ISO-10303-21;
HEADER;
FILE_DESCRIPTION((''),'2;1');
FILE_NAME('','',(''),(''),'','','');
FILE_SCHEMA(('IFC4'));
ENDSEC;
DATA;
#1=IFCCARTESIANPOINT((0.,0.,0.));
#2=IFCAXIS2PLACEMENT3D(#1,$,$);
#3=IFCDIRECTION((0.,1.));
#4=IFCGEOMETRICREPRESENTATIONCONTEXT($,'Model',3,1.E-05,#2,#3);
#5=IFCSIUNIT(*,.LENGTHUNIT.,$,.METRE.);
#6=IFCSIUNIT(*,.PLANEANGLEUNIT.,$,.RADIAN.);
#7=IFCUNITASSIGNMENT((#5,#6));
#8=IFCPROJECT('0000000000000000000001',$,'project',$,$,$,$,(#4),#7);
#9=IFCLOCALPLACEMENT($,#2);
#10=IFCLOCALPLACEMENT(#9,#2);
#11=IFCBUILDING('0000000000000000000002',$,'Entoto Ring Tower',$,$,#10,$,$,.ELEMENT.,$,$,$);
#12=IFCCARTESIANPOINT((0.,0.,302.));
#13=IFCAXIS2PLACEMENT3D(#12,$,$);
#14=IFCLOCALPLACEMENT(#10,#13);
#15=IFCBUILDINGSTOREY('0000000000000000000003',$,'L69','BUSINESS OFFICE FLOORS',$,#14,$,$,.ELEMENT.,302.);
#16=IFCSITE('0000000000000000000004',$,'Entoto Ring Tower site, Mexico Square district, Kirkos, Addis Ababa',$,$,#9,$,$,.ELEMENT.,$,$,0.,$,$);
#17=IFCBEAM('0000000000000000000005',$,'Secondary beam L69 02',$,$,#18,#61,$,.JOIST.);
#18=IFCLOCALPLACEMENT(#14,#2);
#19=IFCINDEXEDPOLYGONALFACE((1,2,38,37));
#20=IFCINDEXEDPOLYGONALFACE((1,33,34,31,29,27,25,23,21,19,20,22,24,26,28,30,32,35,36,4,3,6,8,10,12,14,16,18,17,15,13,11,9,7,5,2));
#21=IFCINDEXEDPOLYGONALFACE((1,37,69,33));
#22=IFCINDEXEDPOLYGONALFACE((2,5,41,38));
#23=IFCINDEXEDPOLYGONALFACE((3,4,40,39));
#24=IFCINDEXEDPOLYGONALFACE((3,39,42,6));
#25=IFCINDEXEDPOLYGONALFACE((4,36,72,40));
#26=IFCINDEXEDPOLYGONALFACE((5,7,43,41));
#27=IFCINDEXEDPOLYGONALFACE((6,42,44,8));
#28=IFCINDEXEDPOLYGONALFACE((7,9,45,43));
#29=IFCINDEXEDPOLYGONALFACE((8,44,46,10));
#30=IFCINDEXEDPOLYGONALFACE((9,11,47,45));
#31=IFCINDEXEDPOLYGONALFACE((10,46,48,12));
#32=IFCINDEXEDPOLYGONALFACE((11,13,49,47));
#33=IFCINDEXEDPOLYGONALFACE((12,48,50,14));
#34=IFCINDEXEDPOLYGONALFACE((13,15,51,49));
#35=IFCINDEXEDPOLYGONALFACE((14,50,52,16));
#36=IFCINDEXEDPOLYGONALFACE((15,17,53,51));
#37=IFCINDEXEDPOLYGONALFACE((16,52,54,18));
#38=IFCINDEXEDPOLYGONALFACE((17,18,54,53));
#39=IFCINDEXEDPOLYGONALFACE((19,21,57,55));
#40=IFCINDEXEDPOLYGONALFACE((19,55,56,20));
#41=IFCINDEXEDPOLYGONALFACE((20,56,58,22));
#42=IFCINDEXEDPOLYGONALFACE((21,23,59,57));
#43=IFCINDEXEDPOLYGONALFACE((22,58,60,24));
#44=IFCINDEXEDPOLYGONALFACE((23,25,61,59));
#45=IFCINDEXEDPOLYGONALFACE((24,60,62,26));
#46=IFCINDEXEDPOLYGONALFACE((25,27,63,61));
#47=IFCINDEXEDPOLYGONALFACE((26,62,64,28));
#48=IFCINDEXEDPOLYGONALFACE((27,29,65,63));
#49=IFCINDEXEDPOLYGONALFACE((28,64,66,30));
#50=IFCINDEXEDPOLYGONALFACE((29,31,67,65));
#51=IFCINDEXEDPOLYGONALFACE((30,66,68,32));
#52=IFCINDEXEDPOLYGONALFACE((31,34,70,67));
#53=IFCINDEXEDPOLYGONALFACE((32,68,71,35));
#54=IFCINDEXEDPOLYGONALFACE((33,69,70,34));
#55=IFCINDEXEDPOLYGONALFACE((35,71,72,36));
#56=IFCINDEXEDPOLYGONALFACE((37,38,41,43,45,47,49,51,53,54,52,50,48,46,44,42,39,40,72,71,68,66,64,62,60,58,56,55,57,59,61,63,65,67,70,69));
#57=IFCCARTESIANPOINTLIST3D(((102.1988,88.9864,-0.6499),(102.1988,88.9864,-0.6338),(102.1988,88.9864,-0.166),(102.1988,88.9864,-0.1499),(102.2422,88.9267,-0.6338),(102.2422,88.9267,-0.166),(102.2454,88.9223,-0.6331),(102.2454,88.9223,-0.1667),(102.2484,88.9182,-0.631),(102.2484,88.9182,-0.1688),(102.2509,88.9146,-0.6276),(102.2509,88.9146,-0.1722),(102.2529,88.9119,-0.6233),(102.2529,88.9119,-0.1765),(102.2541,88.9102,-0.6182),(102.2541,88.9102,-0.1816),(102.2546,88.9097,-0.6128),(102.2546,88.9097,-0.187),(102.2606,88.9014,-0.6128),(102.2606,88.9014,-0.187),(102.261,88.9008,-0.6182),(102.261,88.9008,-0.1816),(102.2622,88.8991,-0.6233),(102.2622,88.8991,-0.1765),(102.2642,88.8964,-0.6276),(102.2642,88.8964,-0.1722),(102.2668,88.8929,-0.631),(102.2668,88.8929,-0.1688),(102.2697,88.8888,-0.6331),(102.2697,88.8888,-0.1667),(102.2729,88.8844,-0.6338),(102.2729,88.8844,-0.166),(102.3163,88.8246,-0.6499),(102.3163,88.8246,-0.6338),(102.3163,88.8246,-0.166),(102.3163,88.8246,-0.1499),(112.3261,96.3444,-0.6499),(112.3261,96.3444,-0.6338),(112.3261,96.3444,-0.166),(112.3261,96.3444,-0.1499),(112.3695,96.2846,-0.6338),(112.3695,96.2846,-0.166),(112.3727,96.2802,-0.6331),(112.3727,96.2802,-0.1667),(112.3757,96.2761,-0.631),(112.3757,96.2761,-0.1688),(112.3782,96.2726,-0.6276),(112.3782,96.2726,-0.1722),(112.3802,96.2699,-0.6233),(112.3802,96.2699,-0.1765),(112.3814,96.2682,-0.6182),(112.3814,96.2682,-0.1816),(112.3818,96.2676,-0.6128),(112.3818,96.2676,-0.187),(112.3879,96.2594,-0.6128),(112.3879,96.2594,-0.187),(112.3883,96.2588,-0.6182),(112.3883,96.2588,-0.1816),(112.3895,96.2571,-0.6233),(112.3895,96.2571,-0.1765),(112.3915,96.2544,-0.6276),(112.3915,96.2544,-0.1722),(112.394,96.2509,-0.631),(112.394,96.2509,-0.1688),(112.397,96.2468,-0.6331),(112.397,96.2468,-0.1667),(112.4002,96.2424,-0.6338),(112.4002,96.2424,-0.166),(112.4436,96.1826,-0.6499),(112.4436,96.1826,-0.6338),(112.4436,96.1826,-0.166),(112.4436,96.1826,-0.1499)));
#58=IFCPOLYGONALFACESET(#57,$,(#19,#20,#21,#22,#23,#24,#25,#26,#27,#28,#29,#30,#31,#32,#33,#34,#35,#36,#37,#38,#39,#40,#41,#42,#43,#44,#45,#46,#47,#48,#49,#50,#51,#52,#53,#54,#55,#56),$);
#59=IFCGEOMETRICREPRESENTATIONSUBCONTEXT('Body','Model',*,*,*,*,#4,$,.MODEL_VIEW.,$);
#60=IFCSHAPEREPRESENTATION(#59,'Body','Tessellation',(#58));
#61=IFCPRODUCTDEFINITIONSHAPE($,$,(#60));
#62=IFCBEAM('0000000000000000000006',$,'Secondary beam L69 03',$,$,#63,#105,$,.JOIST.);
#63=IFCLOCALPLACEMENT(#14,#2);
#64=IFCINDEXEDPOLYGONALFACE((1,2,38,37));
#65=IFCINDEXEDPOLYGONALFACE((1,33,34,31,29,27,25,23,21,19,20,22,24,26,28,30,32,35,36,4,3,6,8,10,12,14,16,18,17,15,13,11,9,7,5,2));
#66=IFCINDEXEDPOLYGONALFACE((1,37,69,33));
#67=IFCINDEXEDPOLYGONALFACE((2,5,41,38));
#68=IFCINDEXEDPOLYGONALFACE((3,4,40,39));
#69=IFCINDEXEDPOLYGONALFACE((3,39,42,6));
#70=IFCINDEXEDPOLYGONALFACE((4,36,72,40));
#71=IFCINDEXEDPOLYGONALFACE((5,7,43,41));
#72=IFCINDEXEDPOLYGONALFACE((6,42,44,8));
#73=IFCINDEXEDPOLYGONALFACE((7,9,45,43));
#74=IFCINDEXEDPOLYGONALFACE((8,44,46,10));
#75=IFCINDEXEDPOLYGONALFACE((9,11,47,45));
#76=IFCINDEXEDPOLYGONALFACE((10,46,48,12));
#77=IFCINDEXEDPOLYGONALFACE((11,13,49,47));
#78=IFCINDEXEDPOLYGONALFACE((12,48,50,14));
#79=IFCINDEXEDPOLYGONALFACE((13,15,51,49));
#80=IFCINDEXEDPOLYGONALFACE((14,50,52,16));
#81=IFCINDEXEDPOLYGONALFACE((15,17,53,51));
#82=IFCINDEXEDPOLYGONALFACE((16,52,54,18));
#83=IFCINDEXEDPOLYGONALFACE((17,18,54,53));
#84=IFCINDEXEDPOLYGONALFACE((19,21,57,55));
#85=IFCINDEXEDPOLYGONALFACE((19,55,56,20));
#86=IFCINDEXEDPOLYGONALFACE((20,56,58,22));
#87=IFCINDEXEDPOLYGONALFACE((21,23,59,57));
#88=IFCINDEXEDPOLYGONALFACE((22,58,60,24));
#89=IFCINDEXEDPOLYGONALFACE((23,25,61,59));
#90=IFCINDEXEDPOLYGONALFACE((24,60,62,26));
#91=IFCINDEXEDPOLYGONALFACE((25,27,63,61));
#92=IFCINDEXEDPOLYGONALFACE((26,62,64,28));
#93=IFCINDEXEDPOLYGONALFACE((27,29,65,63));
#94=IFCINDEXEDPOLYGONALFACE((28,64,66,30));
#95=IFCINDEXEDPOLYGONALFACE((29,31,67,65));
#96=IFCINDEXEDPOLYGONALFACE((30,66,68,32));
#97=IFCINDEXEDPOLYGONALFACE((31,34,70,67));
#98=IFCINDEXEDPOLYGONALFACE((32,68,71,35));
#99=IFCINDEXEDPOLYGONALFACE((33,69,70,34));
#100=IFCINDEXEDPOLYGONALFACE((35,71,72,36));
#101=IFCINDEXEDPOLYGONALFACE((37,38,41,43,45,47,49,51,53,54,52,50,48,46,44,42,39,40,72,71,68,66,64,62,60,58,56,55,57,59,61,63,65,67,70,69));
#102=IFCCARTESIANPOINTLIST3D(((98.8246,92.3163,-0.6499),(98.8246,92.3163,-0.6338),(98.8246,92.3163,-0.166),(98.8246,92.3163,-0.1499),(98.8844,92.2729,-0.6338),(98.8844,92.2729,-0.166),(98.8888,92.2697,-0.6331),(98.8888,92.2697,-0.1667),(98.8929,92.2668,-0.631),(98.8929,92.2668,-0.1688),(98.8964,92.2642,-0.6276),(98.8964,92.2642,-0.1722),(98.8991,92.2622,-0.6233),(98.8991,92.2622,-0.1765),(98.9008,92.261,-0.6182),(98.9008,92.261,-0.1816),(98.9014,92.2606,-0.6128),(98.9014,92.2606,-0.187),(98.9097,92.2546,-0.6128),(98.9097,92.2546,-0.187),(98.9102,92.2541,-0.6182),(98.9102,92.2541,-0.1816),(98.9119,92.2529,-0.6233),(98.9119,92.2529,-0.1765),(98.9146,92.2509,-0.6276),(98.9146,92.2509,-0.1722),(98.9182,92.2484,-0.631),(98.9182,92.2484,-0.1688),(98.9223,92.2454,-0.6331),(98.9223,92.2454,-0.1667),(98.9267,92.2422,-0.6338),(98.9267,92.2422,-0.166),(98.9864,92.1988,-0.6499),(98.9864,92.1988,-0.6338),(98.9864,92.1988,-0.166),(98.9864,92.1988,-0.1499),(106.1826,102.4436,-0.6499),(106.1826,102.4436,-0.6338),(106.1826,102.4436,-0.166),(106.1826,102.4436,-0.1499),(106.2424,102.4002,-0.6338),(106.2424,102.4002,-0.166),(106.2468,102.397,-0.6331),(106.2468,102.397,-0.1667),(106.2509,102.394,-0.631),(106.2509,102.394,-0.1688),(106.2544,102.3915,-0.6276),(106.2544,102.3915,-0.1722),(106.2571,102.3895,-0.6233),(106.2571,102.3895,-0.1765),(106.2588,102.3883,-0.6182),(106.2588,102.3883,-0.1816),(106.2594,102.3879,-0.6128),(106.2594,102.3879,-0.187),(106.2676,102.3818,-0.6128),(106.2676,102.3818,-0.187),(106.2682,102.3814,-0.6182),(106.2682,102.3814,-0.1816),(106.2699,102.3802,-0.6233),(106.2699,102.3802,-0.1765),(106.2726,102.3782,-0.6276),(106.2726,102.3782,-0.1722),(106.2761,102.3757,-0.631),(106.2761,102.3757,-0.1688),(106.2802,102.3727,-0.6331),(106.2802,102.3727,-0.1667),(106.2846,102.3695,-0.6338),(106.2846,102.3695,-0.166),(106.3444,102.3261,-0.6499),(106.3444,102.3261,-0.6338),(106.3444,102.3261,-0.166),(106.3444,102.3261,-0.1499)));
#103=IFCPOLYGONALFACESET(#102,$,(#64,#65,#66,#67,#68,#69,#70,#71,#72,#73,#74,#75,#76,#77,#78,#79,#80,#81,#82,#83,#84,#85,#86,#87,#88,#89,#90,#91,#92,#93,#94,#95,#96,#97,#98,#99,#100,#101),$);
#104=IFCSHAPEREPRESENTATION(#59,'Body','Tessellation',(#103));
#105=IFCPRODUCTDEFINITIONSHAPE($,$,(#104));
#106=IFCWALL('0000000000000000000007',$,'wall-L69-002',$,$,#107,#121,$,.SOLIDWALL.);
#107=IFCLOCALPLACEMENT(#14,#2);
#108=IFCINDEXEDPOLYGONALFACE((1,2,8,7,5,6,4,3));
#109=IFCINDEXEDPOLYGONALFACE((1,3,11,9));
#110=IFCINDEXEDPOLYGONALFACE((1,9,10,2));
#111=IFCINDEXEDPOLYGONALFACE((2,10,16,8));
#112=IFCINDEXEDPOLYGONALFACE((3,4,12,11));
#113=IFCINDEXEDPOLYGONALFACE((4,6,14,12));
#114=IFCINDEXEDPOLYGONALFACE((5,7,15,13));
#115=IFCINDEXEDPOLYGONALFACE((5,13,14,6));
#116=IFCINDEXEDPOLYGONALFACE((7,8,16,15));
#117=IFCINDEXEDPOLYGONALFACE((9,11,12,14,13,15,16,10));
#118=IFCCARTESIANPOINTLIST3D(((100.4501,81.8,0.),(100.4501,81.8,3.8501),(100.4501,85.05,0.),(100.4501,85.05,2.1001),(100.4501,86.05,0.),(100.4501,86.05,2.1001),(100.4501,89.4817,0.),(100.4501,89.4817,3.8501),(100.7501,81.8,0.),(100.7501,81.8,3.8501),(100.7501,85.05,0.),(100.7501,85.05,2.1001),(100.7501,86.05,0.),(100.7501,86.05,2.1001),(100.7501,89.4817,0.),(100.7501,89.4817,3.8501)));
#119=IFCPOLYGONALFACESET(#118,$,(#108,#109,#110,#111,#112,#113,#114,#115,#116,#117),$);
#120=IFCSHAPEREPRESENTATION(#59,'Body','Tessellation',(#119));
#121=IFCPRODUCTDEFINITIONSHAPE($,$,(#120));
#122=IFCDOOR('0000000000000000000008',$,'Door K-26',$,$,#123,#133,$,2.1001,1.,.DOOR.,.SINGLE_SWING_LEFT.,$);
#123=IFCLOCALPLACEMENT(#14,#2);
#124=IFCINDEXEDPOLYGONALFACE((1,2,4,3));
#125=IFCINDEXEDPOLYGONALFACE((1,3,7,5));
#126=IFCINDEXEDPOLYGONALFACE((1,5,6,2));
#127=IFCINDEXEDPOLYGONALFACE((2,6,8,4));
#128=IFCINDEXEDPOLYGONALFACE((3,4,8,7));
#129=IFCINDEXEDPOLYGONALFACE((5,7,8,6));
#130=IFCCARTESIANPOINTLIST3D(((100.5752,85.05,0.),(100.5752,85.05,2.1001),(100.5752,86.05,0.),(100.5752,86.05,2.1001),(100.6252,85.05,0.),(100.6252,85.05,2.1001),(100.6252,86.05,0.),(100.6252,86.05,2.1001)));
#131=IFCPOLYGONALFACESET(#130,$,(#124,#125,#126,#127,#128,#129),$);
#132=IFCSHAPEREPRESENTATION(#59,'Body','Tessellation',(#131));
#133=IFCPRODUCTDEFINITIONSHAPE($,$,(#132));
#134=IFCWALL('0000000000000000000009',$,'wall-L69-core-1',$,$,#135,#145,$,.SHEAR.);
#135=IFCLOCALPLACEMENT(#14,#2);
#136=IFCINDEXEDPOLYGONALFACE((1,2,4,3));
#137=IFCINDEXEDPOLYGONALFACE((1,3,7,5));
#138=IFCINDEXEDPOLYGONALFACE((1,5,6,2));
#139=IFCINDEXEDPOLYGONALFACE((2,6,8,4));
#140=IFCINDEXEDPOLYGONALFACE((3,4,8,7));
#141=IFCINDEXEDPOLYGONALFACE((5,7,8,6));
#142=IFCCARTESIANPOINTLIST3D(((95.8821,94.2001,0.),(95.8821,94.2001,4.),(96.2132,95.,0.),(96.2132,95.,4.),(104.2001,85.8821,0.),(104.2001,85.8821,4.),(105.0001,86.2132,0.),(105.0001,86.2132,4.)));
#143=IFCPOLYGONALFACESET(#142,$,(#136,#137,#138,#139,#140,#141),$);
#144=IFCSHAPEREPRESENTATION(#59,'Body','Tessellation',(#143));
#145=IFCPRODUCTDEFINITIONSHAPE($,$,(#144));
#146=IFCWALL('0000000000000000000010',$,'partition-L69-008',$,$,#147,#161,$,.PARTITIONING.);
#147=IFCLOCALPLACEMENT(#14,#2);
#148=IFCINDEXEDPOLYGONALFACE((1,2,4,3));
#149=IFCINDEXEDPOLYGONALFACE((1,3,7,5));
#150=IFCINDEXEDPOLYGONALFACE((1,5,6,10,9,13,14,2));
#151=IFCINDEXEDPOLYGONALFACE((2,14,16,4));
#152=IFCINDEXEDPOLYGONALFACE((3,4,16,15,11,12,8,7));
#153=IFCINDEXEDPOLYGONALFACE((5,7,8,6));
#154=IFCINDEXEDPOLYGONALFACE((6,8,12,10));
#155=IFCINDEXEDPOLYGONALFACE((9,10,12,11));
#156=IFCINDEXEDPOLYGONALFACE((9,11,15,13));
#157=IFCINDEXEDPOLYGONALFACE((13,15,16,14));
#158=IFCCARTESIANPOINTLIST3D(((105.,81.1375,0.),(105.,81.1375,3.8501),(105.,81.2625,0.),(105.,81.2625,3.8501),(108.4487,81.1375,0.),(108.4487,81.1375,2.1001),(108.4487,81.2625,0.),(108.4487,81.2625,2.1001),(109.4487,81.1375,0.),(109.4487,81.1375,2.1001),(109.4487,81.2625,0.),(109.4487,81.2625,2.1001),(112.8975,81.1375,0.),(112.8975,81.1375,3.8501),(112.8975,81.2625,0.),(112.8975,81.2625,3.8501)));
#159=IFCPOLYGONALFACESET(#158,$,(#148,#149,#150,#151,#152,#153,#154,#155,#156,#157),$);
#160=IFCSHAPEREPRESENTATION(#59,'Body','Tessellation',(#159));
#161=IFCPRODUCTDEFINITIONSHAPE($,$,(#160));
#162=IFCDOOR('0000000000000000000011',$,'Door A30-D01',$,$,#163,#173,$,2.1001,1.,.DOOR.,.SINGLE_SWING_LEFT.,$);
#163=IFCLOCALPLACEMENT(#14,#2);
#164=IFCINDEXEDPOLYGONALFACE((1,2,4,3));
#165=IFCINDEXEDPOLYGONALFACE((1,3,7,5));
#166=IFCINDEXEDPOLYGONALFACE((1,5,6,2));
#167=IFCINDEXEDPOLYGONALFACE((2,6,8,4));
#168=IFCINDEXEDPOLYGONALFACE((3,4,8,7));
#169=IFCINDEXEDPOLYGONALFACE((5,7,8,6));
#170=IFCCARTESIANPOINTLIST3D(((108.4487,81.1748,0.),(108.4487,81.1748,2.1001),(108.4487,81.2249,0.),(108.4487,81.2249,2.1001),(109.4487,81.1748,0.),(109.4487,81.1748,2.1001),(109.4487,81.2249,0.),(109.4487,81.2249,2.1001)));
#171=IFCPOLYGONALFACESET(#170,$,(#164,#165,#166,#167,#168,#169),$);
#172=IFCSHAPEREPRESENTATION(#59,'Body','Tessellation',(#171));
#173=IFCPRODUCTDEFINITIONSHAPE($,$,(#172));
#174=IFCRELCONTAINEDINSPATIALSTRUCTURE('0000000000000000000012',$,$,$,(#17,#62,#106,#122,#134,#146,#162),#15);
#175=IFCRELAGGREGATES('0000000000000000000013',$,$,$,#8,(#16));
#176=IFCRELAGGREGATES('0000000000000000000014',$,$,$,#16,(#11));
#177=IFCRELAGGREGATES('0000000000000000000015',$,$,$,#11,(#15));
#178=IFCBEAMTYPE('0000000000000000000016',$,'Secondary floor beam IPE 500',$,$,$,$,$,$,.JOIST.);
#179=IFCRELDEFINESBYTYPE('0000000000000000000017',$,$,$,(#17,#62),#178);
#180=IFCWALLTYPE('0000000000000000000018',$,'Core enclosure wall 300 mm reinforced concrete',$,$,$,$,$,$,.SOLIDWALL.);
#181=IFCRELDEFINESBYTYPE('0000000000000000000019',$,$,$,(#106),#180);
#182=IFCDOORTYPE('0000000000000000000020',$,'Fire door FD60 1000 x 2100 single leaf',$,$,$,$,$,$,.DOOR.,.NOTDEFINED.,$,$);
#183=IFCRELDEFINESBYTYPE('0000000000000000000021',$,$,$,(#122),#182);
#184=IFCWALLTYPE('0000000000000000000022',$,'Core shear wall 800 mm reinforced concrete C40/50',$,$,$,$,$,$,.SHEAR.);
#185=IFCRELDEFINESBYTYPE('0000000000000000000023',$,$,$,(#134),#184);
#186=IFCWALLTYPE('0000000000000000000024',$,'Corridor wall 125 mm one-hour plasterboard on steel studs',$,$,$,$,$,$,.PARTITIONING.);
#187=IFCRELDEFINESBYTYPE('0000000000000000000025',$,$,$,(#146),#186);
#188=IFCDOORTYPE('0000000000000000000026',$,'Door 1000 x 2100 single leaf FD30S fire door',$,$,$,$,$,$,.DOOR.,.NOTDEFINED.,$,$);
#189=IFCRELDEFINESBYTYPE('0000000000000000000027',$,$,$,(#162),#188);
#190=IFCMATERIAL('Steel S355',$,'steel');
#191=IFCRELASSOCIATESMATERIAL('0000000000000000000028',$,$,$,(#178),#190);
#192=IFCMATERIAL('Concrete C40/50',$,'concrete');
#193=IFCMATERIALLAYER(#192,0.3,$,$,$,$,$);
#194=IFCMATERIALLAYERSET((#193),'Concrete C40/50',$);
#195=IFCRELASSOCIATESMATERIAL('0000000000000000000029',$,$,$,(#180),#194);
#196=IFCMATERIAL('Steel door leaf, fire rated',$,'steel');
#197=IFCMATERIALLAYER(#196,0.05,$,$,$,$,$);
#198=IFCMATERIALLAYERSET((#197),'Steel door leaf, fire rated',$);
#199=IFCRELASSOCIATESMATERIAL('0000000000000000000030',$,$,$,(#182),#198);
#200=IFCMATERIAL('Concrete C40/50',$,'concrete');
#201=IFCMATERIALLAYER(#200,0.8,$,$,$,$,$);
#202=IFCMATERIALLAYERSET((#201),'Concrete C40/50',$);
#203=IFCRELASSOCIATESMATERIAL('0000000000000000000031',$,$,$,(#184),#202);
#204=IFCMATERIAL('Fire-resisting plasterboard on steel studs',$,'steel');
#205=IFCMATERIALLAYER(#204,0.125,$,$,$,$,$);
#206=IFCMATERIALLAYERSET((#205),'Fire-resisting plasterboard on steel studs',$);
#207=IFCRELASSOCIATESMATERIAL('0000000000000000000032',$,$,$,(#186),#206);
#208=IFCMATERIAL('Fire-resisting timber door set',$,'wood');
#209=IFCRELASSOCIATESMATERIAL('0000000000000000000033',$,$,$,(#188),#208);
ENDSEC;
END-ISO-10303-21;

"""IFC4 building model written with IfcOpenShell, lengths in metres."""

from ifc_helpers import new_model, si_unit, direction, frame, frame_2d, origin, origin_2d, place, context, subcontext, project, spatial, polyline, rectangle, i_section, outline, extrude, material, layer, layer_set, material_profile, profile_set, type_object, element, fill, save


model = new_model("IFC4")

# Units and contexts
model_context = context("Model", 3, precision=1e-05, world=origin(), true_north=direction((0.0, 1.0)))
body_context = subcontext(model_context, "Body", "Model", "MODEL_VIEW")
ifc_project = project(units=[si_unit("LENGTHUNIT", "METRE"), si_unit("PLANEANGLEUNIT", "RADIAN")], contexts=[model_context])

# Site, building, storey
site_placement = place(None, origin())
site = spatial("IfcSite", under=ifc_project, at=site_placement, Name="Entoto Ring Tower site, Mexico Square district, Kirkos, Addis Ababa", CompositionType="ELEMENT", RefElevation=0.0)
building_placement = place(site_placement, origin())
building = spatial("IfcBuilding", under=site, at=building_placement, Name="Entoto Ring Tower", CompositionType="ELEMENT")
storey_placement = place(building_placement, frame((0.0, 0.0, 302.0)))
storey = spatial("IfcBuildingStorey", under=building, at=storey_placement, Name="L69", Description="BUSINESS OFFICE FLOORS", CompositionType="ELEMENT", Elevation=302.0)

# Beams
ifc_material_1 = material(Name="Steel S355", Category="steel")
ifc_material_profile_1 = material_profile(ifc_material_1, i_section(OverallWidth=0.2, OverallDepth=0.5, WebThickness=0.0103, FlangeThickness=0.0161, FilletRadius=0.021, at=origin_2d()), Name="IPE 500")
ifc_profile_set_1 = profile_set([ifc_material_profile_1], Name="Steel S355")
beam_type_1 = type_object("IfcBeamType", Name="Secondary floor beam IPE 500", PredefinedType="JOIST", material=ifc_profile_set_1)
for number, where, z_axis, x_axis, name in (
    (1, (102.2576, 88.9055, -0.3999), (0.809014, 0.587789, 0.0), (-0.587789, 0.809014, 0.0), "Secondary beam L69 02"),
    (2, (98.9055, 92.2576, -0.3999), (0.587789, 0.809014, 0.0), (-0.809014, 0.587789, 0.0), "Secondary beam L69 03"),
):
    element("IfcBeam", number, at=place(storey_placement, frame(where, z_axis=z_axis, x_axis=x_axis)), inside=storey, type_object=beam_type_1, Name=name, PredefinedType="JOIST", context=body_context, shape_type="SweptSolid", body=[
        extrude(i_section(OverallWidth=0.2, OverallDepth=0.5, WebThickness=0.0103, FlangeThickness=0.0161, FilletRadius=0.021, at=origin_2d()), origin(), (0.0, 0.0, 1.0), 12.5181),
    ])

# Wall, opening, door
ifc_material_2 = material(Name="Concrete C40/50", Category="concrete")
ifc_layer_1 = layer(ifc_material_2, 0.3)
ifc_layer_set_1 = layer_set([ifc_layer_1], Name="Concrete C40/50")
wall_type_1 = type_object("IfcWallType", Name="Core enclosure wall 300 mm reinforced concrete", PredefinedType="SOLIDWALL", material=ifc_layer_set_1)
wall_1_placement = place(storey_placement, frame((100.6001, 81.8, 0.0), z_axis=(0.0, 0.0, 1.0), x_axis=(0.0, 1.0, 0.0)))
wall_1 = element("IfcWall", 3, at=wall_1_placement, inside=storey, type_object=wall_type_1, Name="wall-L69-002", PredefinedType="SOLIDWALL", context=body_context, shape_type="SweptSolid", body=[
    extrude(rectangle(XDim=7.6816, YDim=0.3, at=frame_2d((3.8408, 0.0))), origin(), (0.0, 0.0, 1.0), 3.8501),
])
opening_1_placement = place(wall_1_placement, frame((3.25, 0.0, 0.0)))
opening_1 = element("IfcOpeningElement", 4, at=opening_1_placement, cuts=wall_1, PredefinedType="OPENING", context=body_context, shape_type="SweptSolid", body=[
    extrude(rectangle(XDim=1.0, YDim=2.1001, at=frame_2d((0.5, 1.05))), frame((0.0, 0.1602, 0.0), z_axis=(0.0, -1.0, 0.0), x_axis=(1.0, 0.0, 0.0)), (0.0, 0.0, 1.0), 0.3201),
])
ifc_material_3 = material(Name="Steel door leaf, fire rated", Category="steel")
ifc_layer_2 = layer(ifc_material_3, 0.05)
ifc_layer_set_2 = layer_set([ifc_layer_2], Name="Steel door leaf, fire rated")
door_type_1 = type_object("IfcDoorType", Name="Fire door FD60 1000 x 2100 single leaf", OperationType="NOTDEFINED", PredefinedType="DOOR", material=ifc_layer_set_2)
door_1_placement = place(opening_1_placement, origin())
door_1 = element("IfcDoor", 5, at=door_1_placement, inside=storey, type_object=door_type_1, Name="Door K-26", OperationType="SINGLE_SWING_LEFT", OverallHeight=2.1001, OverallWidth=1.0, PredefinedType="DOOR", context=body_context, shape_type="SweptSolid", body=[
    extrude(rectangle(XDim=1.0, YDim=2.1001, at=frame_2d((0.5, 1.05))), frame((0.0, 0.0249, 0.0), z_axis=(0.0, -1.0, 0.0), x_axis=(1.0, 0.0, 0.0)), (0.0, 0.0, 1.0), 0.05),
])
fill(opening_1, door_1)

# Wall
ifc_material_4 = material(Name="Concrete C40/50", Category="concrete")
ifc_layer_3 = layer(ifc_material_4, 0.8)
ifc_layer_set_3 = layer_set([ifc_layer_3], Name="Concrete C40/50")
wall_type_2 = type_object("IfcWallType", Name="Core shear wall 800 mm reinforced concrete C40/50", PredefinedType="SHEAR", material=ifc_layer_set_3)
wall_2_placement = place(storey_placement, frame((104.6001, 86.0476, 0.0), z_axis=(0.0, 0.0, 1.0), x_axis=(-0.707107, 0.707107, 0.0)))
element("IfcWall", 6, at=wall_2_placement, inside=storey, type_object=wall_type_2, Name="wall-L69-core-1", PredefinedType="SHEAR", context=body_context, shape_type="SweptSolid", body=[
    extrude(outline(polyline([(-0.1658, -0.3999), (12.2607, -0.3999), (11.9292, 0.3999), (0.1658, 0.3999), (-0.1658, -0.3999)])), origin(), (0.0, 0.0, 1.0), 4.0),
])

# Wall, opening, door
ifc_material_5 = material(Name="Fire-resisting plasterboard on steel studs", Category="steel")
ifc_layer_4 = layer(ifc_material_5, 0.125)
ifc_layer_set_4 = layer_set([ifc_layer_4], Name="Fire-resisting plasterboard on steel studs")
wall_type_3 = type_object("IfcWallType", Name="Corridor wall 125 mm one-hour plasterboard on steel studs", PredefinedType="PARTITIONING", material=ifc_layer_set_4)
wall_3_placement = place(storey_placement, frame((105.0, 81.2, 0.0), z_axis=(0.0, 0.0, 1.0), x_axis=(1.0, 0.0, 0.0)))
wall_3 = element("IfcWall", 7, at=wall_3_placement, inside=storey, type_object=wall_type_3, Name="partition-L69-008", PredefinedType="PARTITIONING", context=body_context, shape_type="SweptSolid", body=[
    extrude(rectangle(XDim=7.8975, YDim=0.125, at=frame_2d((3.9487, 0.0))), origin(), (0.0, 0.0, 1.0), 3.8501),
])
opening_2_placement = place(wall_3_placement, frame((3.4487, 0.0, 0.0)))
opening_2 = element("IfcOpeningElement", 8, at=opening_2_placement, cuts=wall_3, PredefinedType="OPENING", context=body_context, shape_type="SweptSolid", body=[
    extrude(rectangle(XDim=1.0, YDim=2.1001, at=frame_2d((0.5, 1.05))), frame((0.0, 0.0725, 0.0), z_axis=(0.0, -1.0, 0.0), x_axis=(1.0, 0.0, 0.0)), (0.0, 0.0, 1.0), 0.145),
])
ifc_material_6 = material(Name="Fire-resisting timber door set", Category="wood")
door_type_2 = type_object("IfcDoorType", Name="Door 1000 x 2100 single leaf FD30S fire door", OperationType="NOTDEFINED", PredefinedType="DOOR", material=ifc_material_6)
door_2_placement = place(opening_2_placement, origin())
door_2 = element("IfcDoor", 9, at=door_2_placement, inside=storey, type_object=door_type_2, Name="Door A30-D01", OperationType="SINGLE_SWING_LEFT", OverallHeight=2.1001, OverallWidth=1.0, PredefinedType="DOOR", context=body_context, shape_type="SweptSolid", body=[
    extrude(rectangle(XDim=1.0, YDim=2.1001, at=frame_2d((0.5, 1.05))), frame((0.0, 0.0249, 0.0), z_axis=(0.0, -1.0, 0.0), x_axis=(1.0, 0.0, 0.0)), (0.0, 0.0, 1.0), 0.05),
])
fill(opening_2, door_2)

save(model, "model.ifc")
